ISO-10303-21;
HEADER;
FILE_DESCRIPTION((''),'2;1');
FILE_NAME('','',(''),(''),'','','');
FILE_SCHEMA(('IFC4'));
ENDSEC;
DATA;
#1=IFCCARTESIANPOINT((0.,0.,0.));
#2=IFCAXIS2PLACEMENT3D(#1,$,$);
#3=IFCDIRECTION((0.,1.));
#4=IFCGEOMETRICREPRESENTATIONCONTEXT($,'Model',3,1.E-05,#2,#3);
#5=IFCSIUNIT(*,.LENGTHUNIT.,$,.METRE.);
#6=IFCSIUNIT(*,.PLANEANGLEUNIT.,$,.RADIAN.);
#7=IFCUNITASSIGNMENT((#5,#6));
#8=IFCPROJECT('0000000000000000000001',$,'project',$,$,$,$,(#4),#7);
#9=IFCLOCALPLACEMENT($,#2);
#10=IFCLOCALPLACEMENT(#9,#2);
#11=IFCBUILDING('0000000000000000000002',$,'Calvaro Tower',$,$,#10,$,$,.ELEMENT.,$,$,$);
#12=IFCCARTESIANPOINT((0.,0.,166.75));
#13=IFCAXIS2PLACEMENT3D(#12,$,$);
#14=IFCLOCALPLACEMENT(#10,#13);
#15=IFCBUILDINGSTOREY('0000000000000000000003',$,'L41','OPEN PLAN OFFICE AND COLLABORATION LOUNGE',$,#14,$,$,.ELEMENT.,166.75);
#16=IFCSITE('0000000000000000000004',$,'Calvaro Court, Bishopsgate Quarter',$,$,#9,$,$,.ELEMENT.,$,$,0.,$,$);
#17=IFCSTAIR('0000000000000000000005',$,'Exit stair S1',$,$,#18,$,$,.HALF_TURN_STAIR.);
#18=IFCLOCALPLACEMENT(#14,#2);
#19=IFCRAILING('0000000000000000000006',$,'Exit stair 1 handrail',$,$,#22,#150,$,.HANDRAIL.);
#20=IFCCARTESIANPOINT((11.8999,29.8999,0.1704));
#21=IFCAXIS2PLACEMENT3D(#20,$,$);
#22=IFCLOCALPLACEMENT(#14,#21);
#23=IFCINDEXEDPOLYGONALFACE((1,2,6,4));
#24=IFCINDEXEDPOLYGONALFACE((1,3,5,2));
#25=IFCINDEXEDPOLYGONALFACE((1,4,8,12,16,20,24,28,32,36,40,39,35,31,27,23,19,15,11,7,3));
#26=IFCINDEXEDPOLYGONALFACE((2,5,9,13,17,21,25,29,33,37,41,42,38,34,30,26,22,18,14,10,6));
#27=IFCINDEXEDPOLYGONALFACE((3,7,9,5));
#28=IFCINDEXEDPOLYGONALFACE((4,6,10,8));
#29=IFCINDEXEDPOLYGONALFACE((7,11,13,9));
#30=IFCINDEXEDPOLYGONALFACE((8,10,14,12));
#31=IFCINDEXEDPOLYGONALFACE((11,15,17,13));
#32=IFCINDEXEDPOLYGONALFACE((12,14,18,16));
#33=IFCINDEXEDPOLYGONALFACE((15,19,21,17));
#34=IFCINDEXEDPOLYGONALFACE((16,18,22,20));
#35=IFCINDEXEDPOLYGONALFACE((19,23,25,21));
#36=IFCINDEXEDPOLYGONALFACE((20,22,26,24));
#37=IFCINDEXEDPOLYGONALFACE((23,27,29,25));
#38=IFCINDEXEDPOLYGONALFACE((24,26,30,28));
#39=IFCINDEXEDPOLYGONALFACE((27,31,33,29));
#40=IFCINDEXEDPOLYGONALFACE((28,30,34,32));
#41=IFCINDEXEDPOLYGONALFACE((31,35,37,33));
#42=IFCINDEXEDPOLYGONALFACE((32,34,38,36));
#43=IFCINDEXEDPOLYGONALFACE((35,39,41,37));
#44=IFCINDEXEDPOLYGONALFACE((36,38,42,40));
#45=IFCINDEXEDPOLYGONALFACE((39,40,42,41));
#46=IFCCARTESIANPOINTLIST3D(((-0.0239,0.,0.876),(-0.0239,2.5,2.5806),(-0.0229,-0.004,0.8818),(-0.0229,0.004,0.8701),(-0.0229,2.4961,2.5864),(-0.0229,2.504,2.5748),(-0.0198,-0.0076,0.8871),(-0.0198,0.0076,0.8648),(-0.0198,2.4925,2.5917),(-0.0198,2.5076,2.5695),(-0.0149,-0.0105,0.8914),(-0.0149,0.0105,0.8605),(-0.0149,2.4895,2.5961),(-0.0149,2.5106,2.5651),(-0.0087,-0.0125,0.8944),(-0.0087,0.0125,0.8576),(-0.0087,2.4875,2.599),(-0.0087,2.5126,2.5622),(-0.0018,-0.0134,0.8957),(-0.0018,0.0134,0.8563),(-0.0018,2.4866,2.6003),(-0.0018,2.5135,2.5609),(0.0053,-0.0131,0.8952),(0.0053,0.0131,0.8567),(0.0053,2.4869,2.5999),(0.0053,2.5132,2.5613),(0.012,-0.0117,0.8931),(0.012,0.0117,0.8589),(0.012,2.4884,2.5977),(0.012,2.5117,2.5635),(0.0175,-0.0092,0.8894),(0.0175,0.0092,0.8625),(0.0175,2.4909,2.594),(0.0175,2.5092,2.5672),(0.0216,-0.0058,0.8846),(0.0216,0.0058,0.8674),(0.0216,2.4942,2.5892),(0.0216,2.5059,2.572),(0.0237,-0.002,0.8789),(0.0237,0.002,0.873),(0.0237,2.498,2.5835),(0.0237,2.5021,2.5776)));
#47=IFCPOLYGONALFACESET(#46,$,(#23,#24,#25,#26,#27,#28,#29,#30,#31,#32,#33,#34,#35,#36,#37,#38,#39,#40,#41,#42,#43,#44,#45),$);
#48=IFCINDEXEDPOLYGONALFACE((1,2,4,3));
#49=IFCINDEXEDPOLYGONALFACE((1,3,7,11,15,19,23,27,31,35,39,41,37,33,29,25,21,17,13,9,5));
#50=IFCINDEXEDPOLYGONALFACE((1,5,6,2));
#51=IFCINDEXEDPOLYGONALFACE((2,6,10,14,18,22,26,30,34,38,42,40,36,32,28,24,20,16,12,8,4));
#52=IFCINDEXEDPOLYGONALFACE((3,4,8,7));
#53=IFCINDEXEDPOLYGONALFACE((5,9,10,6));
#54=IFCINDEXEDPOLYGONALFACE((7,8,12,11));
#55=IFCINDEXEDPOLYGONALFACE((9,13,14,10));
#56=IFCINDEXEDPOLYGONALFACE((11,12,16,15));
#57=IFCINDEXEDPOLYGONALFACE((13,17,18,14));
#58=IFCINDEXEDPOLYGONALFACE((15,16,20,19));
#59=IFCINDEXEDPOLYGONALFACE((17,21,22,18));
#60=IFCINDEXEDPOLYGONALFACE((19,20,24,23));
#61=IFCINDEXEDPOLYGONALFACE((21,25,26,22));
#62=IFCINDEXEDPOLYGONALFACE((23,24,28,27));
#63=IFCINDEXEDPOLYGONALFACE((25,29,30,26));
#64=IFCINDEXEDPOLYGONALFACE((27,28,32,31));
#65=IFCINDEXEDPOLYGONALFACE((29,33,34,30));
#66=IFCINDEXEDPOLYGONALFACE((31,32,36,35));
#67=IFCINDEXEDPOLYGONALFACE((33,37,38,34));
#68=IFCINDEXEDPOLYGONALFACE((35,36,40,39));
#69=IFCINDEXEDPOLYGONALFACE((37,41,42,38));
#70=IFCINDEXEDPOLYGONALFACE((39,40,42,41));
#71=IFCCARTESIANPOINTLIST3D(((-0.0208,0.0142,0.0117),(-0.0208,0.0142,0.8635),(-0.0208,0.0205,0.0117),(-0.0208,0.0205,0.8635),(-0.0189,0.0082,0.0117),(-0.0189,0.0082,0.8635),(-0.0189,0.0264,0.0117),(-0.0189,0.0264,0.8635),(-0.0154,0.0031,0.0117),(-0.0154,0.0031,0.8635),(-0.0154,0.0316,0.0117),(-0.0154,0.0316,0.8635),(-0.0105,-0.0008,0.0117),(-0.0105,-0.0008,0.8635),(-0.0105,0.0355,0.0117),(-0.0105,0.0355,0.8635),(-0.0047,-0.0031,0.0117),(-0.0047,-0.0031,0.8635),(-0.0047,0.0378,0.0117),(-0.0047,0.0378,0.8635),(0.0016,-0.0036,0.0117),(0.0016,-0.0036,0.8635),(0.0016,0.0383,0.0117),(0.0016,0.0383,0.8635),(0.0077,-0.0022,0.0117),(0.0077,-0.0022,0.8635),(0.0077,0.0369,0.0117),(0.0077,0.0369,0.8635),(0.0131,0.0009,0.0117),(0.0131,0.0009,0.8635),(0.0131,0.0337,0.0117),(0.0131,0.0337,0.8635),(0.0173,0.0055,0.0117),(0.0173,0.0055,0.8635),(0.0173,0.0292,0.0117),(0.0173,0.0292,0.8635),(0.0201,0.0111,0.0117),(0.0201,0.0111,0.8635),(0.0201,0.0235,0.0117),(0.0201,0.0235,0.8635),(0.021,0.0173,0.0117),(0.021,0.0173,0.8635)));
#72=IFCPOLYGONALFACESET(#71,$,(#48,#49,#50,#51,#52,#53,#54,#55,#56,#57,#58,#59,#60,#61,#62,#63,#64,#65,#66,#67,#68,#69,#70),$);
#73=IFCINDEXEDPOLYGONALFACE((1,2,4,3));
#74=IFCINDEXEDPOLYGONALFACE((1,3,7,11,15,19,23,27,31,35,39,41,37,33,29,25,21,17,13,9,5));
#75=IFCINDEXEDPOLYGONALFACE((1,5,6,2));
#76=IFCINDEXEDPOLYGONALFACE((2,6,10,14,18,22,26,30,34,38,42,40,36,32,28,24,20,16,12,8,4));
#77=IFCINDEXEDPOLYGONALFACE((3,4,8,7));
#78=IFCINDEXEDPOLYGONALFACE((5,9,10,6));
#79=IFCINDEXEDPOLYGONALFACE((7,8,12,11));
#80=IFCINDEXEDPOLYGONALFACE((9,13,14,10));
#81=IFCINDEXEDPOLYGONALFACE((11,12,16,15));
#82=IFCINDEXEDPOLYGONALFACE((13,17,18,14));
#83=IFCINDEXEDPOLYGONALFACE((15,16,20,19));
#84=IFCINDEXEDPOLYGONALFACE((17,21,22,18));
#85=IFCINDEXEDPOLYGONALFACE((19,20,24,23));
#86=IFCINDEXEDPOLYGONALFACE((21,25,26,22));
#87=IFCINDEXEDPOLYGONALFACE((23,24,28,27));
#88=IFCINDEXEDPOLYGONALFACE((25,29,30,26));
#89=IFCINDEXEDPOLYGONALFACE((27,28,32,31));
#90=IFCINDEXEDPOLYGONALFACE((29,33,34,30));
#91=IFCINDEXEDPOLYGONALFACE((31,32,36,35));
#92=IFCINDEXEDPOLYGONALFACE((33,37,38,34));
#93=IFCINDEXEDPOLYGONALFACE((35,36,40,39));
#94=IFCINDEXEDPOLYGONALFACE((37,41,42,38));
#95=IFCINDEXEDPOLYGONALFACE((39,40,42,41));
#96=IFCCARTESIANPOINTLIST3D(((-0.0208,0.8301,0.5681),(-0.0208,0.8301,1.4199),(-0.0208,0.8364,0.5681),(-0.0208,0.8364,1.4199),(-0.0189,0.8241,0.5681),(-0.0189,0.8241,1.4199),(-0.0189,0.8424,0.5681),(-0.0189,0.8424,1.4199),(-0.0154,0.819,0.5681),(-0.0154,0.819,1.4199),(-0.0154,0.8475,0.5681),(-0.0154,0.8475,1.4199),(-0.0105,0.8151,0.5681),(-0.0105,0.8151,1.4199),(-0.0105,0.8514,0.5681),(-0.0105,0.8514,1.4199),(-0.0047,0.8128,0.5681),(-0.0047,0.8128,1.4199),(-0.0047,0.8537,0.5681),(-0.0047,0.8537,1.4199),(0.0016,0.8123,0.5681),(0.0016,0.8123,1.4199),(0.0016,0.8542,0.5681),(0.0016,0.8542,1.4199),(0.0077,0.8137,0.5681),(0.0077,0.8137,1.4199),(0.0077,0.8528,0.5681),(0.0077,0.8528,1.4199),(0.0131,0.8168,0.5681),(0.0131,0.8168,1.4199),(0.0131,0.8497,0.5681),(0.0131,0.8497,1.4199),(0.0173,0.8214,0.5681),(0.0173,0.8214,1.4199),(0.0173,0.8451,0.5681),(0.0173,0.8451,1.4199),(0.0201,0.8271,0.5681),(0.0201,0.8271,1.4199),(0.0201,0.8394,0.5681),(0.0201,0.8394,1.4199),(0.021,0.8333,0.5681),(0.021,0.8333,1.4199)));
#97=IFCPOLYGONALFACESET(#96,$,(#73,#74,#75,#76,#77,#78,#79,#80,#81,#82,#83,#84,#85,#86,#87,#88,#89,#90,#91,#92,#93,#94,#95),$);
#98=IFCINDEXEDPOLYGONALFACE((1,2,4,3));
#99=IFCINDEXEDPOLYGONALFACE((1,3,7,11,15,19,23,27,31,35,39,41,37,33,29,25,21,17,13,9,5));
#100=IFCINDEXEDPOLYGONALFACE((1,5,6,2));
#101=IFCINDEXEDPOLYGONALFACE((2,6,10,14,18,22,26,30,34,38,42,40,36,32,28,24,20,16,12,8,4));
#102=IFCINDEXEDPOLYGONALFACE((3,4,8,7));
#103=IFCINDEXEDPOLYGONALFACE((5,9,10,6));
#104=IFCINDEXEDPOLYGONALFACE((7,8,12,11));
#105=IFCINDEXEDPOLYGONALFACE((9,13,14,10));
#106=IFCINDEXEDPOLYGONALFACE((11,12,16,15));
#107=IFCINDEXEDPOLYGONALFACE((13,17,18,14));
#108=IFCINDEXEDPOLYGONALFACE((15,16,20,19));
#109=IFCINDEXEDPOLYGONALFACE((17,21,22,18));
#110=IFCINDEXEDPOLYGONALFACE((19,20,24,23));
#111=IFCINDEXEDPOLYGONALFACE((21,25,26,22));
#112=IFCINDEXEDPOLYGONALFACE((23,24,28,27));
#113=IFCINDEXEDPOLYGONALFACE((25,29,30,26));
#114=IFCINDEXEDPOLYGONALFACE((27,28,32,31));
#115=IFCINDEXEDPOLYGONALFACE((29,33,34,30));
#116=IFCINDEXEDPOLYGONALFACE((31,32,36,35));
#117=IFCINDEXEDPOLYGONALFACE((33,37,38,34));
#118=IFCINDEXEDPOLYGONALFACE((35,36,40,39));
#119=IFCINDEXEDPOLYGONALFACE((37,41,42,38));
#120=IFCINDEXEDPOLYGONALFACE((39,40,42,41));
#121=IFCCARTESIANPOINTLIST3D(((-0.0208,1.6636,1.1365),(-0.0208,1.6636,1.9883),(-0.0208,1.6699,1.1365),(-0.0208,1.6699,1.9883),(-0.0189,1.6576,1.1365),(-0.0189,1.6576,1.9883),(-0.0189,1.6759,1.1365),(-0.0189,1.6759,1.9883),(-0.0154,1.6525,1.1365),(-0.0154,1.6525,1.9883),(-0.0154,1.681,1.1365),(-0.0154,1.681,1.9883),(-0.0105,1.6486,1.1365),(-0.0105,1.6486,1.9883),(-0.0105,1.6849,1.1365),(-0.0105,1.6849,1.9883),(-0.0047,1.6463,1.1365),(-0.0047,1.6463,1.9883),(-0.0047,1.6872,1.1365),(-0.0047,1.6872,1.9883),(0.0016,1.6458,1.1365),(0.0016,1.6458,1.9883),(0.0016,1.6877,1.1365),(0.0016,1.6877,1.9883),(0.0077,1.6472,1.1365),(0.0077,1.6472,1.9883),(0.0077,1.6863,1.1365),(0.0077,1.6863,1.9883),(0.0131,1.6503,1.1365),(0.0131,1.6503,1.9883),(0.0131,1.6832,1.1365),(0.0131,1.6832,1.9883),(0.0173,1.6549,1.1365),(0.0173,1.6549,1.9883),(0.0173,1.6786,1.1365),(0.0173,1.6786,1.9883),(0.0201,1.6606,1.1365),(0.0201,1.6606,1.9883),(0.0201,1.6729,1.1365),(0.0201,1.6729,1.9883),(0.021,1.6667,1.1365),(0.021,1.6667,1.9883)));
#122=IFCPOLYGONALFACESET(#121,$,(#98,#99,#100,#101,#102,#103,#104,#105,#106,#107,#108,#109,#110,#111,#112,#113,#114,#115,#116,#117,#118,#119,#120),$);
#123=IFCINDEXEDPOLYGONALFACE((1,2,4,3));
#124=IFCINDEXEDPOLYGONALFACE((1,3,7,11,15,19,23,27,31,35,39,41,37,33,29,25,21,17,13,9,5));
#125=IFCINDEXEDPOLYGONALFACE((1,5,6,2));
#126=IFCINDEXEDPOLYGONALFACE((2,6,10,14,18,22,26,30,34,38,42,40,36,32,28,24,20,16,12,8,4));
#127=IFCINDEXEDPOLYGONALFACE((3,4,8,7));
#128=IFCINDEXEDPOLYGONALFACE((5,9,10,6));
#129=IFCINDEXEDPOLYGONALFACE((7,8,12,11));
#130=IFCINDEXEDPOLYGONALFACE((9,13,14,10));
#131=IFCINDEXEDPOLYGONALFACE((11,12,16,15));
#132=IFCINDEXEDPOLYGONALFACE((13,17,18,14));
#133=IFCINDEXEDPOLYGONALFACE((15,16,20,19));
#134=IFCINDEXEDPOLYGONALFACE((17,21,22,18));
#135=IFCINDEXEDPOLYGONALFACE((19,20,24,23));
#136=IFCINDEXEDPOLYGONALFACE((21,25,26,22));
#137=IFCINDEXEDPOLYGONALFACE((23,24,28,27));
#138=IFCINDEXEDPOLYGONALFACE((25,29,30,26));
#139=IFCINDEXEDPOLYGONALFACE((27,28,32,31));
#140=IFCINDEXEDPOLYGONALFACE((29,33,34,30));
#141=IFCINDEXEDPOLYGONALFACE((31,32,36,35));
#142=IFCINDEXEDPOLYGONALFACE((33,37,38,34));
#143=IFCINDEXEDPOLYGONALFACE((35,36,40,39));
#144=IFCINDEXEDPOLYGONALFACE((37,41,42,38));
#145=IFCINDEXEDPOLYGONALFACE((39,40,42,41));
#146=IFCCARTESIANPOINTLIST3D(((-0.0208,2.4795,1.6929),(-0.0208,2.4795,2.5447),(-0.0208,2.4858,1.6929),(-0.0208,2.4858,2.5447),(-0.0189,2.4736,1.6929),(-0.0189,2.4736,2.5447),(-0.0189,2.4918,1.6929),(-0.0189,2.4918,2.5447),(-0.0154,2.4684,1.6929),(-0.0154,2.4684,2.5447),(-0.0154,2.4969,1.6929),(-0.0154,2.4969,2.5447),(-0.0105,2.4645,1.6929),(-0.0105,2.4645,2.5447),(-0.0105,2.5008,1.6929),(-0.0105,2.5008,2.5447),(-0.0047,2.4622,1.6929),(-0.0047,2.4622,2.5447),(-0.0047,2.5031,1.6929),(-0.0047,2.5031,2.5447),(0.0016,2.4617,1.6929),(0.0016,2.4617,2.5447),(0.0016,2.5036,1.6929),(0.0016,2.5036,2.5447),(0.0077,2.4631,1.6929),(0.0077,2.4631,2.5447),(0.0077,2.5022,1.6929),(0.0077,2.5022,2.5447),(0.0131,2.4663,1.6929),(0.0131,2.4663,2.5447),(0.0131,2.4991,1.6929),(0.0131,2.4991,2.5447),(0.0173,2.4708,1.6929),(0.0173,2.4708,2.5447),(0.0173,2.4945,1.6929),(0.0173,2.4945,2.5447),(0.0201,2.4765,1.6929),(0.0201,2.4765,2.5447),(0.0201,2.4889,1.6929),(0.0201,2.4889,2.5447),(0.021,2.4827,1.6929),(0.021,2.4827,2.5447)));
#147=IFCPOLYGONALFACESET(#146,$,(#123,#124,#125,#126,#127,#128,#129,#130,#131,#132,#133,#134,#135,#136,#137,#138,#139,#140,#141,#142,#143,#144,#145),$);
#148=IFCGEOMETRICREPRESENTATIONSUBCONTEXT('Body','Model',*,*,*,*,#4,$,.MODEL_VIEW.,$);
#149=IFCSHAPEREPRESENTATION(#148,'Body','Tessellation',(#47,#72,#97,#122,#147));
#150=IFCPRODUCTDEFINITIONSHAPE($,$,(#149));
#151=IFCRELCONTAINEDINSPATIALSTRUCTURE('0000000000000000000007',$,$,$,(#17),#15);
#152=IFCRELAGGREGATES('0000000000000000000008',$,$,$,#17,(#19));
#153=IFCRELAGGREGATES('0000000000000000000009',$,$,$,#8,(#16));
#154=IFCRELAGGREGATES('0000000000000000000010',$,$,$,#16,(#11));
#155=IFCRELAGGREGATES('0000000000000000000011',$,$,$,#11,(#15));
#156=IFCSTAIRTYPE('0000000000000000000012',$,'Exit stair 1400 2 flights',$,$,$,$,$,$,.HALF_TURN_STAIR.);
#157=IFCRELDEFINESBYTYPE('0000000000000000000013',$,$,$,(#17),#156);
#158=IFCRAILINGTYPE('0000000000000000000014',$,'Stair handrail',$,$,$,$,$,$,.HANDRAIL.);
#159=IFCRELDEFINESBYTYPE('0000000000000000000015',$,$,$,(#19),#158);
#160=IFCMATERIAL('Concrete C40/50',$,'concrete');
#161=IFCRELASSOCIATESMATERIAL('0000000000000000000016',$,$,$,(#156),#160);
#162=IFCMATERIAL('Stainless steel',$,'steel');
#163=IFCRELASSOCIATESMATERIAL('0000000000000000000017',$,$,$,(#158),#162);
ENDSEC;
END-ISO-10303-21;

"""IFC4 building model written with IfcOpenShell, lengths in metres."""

from ifc_helpers import new_model, si_unit, direction, frame, origin, origin_2d, place, context, subcontext, project, spatial, circle, extrude, material, type_object, element, aggregate, save


model = new_model("IFC4")

# Units and contexts
model_context = context("Model", 3, precision=1e-05, world=origin(), true_north=direction((0.0, 1.0)))
body_context = subcontext(model_context, "Body", "Model", "MODEL_VIEW")
ifc_project = project(units=[si_unit("LENGTHUNIT", "METRE"), si_unit("PLANEANGLEUNIT", "RADIAN")], contexts=[model_context])

# Site, building, storey
site_placement = place(None, origin())
site = spatial("IfcSite", under=ifc_project, at=site_placement, Name="Calvaro Court, Bishopsgate Quarter", CompositionType="ELEMENT", RefElevation=0.0)
building_placement = place(site_placement, origin())
building = spatial("IfcBuilding", under=site, at=building_placement, Name="Calvaro Tower", CompositionType="ELEMENT")
storey_placement = place(building_placement, frame((0.0, 0.0, 166.75)))
storey = spatial("IfcBuildingStorey", under=building, at=storey_placement, Name="L41", Description="OPEN PLAN OFFICE AND COLLABORATION LOUNGE", CompositionType="ELEMENT", Elevation=166.75)

# Stair, railing
ifc_material_1 = material(Name="Concrete C40/50", Category="concrete")
stair_type = type_object("IfcStairType", Name="Exit stair 1400 2 flights", PredefinedType="HALF_TURN_STAIR", material=ifc_material_1)
stair_placement = place(storey_placement, origin())
stair = element("IfcStair", 1, at=stair_placement, inside=storey, type_object=stair_type, Name="Exit stair S1", PredefinedType="HALF_TURN_STAIR")
ifc_material_2 = material(Name="Stainless steel", Category="steel")
railing_type = type_object("IfcRailingType", Name="Stair handrail", PredefinedType="HANDRAIL", material=ifc_material_2)
railing_1_placement = place(storey_placement, frame((11.8999, 29.8999, 0.1704)))
railing_1 = element("IfcRailing", 2, at=railing_1_placement, type_object=railing_type, Name="Exit stair 1 handrail", PredefinedType="HANDRAIL", context=body_context, shape_type="SweptSolid", body=[
    extrude(circle(Radius=0.0239, at=origin_2d()), frame((0.0, 0.0, 0.876), z_axis=(0.0, 0.826221, 0.563347), x_axis=(-1.0, 0.0, 0.0)), (0.0, 0.0, 1.0), 3.0259),
    extrude(circle(Radius=0.021, at=origin_2d()), frame((0.0, 0.0173, 0.0117)), (0.0, 0.0, 1.0), 0.8518),
    extrude(circle(Radius=0.021, at=origin_2d()), frame((0.0, 0.8333, 0.5681)), (0.0, 0.0, 1.0), 0.8518),
    extrude(circle(Radius=0.021, at=origin_2d()), frame((0.0, 1.6667, 1.1365)), (0.0, 0.0, 1.0), 0.8518),
    extrude(circle(Radius=0.021, at=origin_2d()), frame((0.0, 2.4827, 1.6929)), (0.0, 0.0, 1.0), 0.8518),
])
aggregate(stair, [railing_1])

save(model, "model.ifc")
